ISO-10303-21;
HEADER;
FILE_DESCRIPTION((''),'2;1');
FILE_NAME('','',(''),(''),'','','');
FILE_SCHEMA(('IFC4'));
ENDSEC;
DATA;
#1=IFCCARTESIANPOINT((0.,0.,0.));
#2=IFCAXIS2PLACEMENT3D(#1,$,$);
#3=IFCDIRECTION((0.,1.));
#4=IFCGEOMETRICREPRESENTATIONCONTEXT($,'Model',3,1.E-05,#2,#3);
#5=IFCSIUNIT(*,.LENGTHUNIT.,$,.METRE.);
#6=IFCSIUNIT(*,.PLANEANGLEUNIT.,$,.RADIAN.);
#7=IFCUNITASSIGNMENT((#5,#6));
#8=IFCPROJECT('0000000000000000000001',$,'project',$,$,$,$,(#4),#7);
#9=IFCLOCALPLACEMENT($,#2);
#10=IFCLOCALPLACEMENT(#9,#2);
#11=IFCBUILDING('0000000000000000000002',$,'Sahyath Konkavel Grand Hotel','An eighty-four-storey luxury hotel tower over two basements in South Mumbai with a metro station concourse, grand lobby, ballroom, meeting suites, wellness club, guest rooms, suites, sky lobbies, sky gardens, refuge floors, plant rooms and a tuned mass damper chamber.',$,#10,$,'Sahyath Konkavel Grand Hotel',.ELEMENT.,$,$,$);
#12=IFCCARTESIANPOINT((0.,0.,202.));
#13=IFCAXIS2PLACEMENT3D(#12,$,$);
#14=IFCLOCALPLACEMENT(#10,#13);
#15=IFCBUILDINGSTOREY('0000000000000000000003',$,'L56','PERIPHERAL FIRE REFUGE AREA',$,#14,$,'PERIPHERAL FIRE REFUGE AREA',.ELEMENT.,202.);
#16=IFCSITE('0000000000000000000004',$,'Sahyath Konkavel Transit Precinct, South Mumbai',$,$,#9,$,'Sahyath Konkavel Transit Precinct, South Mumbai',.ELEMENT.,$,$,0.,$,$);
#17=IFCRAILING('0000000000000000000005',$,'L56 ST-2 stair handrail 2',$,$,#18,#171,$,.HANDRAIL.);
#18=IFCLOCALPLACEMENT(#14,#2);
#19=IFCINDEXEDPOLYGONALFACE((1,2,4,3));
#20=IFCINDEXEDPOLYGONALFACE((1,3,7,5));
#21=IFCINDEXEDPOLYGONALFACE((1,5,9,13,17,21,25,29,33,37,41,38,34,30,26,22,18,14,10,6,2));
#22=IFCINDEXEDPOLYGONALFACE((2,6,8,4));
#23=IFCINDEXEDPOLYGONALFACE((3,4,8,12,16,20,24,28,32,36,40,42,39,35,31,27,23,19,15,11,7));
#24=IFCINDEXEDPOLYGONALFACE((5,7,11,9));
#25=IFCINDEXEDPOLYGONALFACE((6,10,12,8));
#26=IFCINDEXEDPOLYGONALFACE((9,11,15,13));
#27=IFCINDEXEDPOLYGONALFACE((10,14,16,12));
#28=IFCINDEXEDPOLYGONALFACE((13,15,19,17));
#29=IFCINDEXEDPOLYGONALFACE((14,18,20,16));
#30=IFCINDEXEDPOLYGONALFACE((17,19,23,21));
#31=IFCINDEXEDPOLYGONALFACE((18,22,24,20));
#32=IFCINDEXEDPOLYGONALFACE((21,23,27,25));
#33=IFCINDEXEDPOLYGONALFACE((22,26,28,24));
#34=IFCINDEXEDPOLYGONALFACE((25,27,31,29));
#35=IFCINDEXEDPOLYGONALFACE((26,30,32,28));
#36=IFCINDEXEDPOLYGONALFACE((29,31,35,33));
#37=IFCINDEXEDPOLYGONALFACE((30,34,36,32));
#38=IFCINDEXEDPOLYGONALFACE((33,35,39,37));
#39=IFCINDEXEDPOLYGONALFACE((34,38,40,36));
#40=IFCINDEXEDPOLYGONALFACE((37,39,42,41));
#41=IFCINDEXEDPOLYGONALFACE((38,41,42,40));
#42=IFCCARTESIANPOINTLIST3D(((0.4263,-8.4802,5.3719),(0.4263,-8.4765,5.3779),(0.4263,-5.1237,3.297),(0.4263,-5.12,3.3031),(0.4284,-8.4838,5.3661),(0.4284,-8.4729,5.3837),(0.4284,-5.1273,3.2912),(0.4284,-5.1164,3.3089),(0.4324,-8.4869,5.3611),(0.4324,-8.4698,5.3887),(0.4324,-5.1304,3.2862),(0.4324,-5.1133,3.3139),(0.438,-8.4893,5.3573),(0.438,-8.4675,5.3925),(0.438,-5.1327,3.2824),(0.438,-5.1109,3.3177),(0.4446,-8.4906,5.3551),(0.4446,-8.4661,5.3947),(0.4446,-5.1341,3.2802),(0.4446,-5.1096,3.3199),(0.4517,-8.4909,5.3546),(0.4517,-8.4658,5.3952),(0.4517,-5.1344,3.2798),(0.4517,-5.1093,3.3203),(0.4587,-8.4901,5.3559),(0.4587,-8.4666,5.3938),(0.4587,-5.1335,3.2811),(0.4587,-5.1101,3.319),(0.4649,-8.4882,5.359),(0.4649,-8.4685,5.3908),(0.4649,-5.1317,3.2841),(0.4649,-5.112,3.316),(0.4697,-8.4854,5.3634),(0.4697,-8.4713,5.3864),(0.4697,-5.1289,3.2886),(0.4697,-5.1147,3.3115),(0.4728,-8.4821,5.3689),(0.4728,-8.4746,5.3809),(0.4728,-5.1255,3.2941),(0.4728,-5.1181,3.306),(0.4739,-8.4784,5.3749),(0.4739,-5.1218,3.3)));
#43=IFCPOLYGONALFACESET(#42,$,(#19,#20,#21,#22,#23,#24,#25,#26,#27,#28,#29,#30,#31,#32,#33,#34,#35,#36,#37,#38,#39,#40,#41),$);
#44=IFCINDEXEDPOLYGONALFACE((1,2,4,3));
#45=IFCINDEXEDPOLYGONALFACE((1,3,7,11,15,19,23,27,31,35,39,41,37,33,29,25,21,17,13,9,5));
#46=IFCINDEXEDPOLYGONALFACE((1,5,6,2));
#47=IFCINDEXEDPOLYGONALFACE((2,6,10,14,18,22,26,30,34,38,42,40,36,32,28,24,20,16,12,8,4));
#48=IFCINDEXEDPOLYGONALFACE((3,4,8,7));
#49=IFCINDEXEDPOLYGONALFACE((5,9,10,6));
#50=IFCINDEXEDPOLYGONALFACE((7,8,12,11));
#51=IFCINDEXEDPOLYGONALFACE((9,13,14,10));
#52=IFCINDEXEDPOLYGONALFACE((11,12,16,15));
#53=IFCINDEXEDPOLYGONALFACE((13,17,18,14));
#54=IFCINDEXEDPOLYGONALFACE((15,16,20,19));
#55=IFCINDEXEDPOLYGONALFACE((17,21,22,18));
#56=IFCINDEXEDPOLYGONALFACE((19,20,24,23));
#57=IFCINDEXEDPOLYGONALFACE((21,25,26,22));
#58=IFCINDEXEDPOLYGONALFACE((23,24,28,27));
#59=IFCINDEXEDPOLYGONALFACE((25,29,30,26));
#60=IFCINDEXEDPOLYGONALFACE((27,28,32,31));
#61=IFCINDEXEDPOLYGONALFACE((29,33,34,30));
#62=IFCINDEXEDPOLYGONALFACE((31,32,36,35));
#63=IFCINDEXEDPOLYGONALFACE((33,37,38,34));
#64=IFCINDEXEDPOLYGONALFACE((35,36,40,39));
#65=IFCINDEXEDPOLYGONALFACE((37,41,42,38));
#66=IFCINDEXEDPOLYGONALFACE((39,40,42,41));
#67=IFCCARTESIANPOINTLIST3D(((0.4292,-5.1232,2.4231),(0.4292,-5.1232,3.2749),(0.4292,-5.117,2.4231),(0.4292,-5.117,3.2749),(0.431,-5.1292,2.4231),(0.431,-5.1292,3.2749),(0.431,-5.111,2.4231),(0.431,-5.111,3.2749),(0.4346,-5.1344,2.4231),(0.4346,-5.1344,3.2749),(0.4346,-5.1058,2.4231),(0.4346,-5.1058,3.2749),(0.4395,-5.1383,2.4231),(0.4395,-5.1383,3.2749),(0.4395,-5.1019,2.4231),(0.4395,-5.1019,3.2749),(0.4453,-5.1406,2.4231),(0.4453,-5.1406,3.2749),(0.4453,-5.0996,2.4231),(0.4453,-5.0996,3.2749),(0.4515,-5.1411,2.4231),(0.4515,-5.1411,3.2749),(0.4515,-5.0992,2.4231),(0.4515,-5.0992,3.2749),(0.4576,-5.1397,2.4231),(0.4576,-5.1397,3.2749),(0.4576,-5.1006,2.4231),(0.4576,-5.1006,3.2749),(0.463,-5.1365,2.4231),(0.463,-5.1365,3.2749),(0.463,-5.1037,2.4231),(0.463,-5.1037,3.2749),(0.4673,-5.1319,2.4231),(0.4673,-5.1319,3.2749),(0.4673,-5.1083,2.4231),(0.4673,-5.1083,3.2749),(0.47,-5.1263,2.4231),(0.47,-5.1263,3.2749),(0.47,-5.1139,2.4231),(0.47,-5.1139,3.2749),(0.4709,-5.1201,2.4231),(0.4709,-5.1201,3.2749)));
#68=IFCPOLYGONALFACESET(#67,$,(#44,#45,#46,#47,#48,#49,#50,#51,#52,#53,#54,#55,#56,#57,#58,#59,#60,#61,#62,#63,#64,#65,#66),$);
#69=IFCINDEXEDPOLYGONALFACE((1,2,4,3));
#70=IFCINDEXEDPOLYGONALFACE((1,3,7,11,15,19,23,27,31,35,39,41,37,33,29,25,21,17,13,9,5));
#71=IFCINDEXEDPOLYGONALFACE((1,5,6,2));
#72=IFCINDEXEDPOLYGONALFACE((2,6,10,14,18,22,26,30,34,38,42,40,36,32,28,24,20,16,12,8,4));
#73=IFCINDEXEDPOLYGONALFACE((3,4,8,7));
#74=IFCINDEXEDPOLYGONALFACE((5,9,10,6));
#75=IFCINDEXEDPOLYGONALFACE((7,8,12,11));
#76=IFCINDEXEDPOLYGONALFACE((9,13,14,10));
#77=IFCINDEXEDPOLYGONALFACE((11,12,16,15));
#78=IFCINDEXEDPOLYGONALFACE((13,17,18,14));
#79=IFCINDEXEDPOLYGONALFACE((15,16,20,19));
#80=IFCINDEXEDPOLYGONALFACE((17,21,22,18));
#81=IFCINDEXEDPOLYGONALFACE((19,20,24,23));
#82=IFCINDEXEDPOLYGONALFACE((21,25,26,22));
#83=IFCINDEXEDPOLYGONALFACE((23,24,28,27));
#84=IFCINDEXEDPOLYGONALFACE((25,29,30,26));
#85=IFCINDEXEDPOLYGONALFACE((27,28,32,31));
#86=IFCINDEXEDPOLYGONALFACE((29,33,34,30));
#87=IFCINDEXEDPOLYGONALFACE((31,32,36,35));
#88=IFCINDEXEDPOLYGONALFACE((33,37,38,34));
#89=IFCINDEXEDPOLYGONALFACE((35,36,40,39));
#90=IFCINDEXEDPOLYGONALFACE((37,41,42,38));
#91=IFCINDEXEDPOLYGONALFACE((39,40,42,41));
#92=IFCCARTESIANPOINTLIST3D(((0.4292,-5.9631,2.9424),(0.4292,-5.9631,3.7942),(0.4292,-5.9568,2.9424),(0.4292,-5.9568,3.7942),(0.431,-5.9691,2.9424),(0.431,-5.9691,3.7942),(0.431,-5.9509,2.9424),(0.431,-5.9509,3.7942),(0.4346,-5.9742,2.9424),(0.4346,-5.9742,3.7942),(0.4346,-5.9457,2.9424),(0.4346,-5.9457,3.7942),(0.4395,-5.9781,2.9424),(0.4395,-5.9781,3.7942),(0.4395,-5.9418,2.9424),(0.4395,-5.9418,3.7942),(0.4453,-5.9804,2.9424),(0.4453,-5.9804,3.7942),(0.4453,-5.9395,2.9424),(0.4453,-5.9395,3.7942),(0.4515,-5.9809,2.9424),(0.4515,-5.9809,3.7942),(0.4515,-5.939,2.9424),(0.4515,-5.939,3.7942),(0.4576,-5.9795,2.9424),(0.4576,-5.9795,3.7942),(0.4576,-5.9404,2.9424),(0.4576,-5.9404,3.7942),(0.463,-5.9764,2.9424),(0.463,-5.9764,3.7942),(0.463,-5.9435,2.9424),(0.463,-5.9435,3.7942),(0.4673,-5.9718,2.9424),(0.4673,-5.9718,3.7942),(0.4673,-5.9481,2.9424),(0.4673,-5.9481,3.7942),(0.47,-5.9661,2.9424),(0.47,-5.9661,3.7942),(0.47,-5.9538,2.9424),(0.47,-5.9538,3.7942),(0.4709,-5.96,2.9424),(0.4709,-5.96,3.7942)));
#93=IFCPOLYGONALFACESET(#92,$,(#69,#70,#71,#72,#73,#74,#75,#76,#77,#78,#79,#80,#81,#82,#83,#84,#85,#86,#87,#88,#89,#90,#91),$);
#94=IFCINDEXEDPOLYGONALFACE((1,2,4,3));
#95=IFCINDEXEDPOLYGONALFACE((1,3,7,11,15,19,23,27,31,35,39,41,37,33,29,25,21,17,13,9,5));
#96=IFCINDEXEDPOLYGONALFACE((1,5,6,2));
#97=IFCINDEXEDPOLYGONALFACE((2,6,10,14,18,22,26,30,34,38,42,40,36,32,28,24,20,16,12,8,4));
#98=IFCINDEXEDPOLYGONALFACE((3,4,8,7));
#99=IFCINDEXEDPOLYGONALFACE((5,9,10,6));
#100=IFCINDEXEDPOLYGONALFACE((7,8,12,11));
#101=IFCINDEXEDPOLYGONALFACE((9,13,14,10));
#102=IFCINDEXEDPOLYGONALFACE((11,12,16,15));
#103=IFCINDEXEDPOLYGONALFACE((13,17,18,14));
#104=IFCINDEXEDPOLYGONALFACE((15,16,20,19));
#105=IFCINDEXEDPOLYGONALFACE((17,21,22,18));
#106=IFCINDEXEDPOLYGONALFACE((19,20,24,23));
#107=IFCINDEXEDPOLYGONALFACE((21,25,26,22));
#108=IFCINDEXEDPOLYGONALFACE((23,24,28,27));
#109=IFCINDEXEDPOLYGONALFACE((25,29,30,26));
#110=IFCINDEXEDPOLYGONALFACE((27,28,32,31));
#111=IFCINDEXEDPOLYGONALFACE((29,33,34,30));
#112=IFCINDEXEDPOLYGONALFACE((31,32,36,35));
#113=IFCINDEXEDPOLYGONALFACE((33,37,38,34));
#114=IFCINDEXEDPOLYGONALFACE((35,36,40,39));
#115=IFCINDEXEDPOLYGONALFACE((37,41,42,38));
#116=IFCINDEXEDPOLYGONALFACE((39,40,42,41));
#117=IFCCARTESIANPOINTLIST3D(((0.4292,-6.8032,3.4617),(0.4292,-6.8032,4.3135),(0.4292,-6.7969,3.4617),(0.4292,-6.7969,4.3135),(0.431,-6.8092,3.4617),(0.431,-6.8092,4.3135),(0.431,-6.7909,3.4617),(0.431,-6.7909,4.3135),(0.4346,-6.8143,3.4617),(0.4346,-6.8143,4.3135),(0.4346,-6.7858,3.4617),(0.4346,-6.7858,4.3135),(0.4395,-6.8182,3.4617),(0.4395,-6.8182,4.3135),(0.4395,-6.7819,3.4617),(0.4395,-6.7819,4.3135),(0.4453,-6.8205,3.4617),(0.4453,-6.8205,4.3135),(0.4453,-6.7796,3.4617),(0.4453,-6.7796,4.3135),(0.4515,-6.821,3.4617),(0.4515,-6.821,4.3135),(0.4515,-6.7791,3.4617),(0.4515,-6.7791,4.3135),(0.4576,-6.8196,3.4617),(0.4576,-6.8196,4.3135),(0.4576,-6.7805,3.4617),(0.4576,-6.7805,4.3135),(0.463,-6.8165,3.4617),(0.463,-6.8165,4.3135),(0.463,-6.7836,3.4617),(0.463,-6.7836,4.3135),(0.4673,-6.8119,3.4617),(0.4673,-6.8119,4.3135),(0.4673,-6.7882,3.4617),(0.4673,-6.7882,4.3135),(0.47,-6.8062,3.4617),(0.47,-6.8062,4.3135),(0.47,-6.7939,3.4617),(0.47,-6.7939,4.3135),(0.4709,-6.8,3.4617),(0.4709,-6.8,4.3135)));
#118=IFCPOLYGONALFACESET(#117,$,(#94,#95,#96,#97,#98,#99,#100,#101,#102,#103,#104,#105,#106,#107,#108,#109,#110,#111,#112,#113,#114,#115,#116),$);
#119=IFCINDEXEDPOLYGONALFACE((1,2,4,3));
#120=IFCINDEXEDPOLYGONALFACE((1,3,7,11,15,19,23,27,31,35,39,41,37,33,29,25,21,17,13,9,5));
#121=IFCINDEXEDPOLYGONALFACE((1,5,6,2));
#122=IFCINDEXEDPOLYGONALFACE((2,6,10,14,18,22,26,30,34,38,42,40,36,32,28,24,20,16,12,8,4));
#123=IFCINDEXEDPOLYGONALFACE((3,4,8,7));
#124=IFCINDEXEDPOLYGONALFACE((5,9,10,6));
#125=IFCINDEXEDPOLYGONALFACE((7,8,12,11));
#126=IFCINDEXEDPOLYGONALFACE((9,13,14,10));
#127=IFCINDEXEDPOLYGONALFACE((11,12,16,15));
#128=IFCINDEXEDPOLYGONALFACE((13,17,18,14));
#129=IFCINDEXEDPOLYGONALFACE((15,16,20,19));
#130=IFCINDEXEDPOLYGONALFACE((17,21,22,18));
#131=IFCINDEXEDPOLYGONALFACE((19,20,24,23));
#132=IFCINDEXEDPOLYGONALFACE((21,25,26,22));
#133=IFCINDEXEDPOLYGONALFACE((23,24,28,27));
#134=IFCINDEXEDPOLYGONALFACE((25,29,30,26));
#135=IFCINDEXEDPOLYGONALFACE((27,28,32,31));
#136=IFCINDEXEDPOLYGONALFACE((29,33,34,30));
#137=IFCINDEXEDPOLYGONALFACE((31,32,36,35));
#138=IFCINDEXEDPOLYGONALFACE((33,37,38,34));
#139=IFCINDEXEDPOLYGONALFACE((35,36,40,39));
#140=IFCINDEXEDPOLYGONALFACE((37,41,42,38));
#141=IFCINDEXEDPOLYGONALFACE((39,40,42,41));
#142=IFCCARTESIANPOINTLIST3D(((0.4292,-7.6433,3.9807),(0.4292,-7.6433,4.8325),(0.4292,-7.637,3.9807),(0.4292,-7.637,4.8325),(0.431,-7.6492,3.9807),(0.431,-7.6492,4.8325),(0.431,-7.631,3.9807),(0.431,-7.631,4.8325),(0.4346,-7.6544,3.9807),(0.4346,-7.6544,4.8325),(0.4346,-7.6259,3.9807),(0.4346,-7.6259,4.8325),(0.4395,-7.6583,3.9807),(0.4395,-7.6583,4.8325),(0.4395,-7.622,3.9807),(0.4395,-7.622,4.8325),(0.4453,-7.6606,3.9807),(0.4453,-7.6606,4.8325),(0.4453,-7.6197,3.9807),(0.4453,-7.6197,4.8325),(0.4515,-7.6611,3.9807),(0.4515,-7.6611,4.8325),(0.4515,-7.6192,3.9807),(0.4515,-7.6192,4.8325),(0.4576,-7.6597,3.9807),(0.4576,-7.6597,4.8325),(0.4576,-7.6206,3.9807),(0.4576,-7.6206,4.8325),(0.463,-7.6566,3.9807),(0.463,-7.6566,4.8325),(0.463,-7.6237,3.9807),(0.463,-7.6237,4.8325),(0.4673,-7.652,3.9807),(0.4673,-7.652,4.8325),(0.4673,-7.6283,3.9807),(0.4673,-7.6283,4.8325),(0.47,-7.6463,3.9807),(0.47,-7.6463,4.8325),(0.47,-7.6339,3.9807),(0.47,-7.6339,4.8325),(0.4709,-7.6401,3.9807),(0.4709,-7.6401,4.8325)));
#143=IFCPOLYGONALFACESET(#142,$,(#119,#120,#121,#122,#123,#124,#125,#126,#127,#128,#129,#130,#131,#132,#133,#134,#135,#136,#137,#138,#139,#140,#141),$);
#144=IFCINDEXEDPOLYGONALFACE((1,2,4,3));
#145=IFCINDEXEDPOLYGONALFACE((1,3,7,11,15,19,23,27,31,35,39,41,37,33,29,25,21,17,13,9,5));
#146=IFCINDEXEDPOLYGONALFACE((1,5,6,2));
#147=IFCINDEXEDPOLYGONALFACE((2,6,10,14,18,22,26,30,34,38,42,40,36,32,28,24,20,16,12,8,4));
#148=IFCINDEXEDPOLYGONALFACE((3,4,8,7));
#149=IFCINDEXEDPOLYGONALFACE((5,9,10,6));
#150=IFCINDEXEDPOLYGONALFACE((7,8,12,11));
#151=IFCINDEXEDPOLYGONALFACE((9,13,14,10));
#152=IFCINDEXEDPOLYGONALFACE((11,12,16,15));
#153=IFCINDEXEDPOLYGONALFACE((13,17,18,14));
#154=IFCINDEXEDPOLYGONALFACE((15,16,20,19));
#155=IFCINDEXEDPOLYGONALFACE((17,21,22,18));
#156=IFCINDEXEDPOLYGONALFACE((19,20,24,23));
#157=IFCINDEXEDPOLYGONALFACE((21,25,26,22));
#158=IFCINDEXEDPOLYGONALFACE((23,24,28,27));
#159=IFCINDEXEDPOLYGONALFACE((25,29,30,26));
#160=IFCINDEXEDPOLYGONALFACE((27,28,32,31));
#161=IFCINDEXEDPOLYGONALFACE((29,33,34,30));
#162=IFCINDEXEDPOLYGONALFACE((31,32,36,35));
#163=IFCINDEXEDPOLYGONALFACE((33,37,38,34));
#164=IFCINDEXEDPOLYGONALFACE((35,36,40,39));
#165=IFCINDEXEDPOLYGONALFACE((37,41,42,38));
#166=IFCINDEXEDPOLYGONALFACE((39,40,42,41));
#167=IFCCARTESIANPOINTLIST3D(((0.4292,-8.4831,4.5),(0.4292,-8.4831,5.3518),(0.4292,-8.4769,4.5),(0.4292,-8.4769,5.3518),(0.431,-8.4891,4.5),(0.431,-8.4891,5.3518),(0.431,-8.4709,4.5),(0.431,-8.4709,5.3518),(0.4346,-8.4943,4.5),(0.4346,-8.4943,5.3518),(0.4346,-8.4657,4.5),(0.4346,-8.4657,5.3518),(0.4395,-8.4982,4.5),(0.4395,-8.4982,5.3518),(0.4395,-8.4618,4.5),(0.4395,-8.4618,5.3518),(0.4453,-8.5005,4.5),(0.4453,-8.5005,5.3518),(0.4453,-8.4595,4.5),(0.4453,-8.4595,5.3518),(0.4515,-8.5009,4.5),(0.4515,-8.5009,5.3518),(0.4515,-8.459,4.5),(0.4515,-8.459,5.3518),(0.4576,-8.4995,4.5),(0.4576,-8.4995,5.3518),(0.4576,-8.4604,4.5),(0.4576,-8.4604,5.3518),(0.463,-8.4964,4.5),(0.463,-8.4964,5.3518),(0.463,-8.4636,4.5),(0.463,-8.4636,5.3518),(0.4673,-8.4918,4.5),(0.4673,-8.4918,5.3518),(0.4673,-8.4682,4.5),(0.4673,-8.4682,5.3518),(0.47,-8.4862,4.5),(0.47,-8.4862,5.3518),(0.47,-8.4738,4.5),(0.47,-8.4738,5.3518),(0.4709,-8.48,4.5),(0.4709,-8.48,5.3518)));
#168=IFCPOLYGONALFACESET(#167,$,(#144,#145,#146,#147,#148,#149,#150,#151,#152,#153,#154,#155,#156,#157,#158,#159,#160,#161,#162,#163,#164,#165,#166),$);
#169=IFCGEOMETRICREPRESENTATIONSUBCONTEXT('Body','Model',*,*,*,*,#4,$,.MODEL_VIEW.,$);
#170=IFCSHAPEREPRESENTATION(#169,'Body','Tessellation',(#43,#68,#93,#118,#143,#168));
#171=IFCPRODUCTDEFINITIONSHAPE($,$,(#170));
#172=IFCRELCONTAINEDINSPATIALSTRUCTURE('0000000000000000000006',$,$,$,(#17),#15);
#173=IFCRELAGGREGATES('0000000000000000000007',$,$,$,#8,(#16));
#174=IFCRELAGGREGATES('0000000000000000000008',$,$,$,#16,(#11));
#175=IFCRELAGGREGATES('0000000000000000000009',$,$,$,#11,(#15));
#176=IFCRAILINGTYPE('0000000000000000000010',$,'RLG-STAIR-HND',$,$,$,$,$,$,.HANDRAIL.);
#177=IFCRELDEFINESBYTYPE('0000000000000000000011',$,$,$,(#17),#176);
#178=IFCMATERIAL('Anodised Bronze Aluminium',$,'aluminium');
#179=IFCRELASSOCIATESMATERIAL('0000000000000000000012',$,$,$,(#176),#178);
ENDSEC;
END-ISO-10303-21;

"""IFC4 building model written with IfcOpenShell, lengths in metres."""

from ifc_helpers import new_model, si_unit, direction, frame, origin, origin_2d, place, context, subcontext, project, spatial, circle, extrude, material, type_object, element, save


model = new_model("IFC4")

# Units and contexts
model_context = context("Model", 3, precision=1e-05, world=origin(), true_north=direction((0.0, 1.0)))
body_context = subcontext(model_context, "Body", "Model", "MODEL_VIEW")
ifc_project = project(units=[si_unit("LENGTHUNIT", "METRE"), si_unit("PLANEANGLEUNIT", "RADIAN")], contexts=[model_context])

# Site, building, storey
site_placement = place(None, origin())
site = spatial("IfcSite", under=ifc_project, at=site_placement, Name="Sahyath Konkavel Transit Precinct, South Mumbai", LongName="Sahyath Konkavel Transit Precinct, South Mumbai", CompositionType="ELEMENT", RefElevation=0.0)
building_placement = place(site_placement, origin())
building = spatial("IfcBuilding", under=site, at=building_placement, Name="Sahyath Konkavel Grand Hotel", Description="An eighty-four-storey luxury hotel tower over two basements in South Mumbai with a metro station concourse, grand lobby, ballroom, meeting suites, wellness club, guest rooms, suites, sky lobbies, sky gardens, refuge floors, plant rooms and a tuned mass damper chamber.", LongName="Sahyath Konkavel Grand Hotel", CompositionType="ELEMENT")
storey_placement = place(building_placement, frame((0.0, 0.0, 202.0)))
storey = spatial("IfcBuildingStorey", under=building, at=storey_placement, Name="L56", Description="PERIPHERAL FIRE REFUGE AREA", LongName="PERIPHERAL FIRE REFUGE AREA", CompositionType="ELEMENT", Elevation=202.0)

# Railing
ifc_material_1 = material(Name="Anodised Bronze Aluminium", Category="aluminium")
railing_type = type_object("IfcRailingType", Name="RLG-STAIR-HND", PredefinedType="HANDRAIL", material=ifc_material_1)
railing_placement = place(storey_placement, frame((0.45, -5.1201, 2.4231)))
element("IfcRailing", 1, at=railing_placement, inside=storey, type_object=railing_type, Name="L56 ST-2 stair handrail 2", PredefinedType="HANDRAIL", context=body_context, shape_type="SweptSolid", body=[
    extrude(circle(Radius=0.0239, at=origin_2d()), frame((0.0, -0.0017, 0.877), z_axis=(0.0, -0.850606, 0.525803), x_axis=(1.0, 0.0, 0.0)), (0.0, 0.0, 1.0), 3.946),
    extrude(circle(Radius=0.021, at=origin_2d()), origin(), (0.0, 0.0, 1.0), 0.8518),
    extrude(circle(Radius=0.021, at=origin_2d()), frame((0.0, -0.8398, 0.5193)), (0.0, 0.0, 1.0), 0.8518),
    extrude(circle(Radius=0.021, at=origin_2d()), frame((0.0, -1.6799, 1.0386)), (0.0, 0.0, 1.0), 0.8518),
    extrude(circle(Radius=0.021, at=origin_2d()), frame((0.0, -2.52, 1.5576)), (0.0, 0.0, 1.0), 0.8518),
    extrude(circle(Radius=0.021, at=origin_2d()), frame((0.0, -3.3599, 2.0769)), (0.0, 0.0, 1.0), 0.8518),
])

save(model, "model.ifc")
